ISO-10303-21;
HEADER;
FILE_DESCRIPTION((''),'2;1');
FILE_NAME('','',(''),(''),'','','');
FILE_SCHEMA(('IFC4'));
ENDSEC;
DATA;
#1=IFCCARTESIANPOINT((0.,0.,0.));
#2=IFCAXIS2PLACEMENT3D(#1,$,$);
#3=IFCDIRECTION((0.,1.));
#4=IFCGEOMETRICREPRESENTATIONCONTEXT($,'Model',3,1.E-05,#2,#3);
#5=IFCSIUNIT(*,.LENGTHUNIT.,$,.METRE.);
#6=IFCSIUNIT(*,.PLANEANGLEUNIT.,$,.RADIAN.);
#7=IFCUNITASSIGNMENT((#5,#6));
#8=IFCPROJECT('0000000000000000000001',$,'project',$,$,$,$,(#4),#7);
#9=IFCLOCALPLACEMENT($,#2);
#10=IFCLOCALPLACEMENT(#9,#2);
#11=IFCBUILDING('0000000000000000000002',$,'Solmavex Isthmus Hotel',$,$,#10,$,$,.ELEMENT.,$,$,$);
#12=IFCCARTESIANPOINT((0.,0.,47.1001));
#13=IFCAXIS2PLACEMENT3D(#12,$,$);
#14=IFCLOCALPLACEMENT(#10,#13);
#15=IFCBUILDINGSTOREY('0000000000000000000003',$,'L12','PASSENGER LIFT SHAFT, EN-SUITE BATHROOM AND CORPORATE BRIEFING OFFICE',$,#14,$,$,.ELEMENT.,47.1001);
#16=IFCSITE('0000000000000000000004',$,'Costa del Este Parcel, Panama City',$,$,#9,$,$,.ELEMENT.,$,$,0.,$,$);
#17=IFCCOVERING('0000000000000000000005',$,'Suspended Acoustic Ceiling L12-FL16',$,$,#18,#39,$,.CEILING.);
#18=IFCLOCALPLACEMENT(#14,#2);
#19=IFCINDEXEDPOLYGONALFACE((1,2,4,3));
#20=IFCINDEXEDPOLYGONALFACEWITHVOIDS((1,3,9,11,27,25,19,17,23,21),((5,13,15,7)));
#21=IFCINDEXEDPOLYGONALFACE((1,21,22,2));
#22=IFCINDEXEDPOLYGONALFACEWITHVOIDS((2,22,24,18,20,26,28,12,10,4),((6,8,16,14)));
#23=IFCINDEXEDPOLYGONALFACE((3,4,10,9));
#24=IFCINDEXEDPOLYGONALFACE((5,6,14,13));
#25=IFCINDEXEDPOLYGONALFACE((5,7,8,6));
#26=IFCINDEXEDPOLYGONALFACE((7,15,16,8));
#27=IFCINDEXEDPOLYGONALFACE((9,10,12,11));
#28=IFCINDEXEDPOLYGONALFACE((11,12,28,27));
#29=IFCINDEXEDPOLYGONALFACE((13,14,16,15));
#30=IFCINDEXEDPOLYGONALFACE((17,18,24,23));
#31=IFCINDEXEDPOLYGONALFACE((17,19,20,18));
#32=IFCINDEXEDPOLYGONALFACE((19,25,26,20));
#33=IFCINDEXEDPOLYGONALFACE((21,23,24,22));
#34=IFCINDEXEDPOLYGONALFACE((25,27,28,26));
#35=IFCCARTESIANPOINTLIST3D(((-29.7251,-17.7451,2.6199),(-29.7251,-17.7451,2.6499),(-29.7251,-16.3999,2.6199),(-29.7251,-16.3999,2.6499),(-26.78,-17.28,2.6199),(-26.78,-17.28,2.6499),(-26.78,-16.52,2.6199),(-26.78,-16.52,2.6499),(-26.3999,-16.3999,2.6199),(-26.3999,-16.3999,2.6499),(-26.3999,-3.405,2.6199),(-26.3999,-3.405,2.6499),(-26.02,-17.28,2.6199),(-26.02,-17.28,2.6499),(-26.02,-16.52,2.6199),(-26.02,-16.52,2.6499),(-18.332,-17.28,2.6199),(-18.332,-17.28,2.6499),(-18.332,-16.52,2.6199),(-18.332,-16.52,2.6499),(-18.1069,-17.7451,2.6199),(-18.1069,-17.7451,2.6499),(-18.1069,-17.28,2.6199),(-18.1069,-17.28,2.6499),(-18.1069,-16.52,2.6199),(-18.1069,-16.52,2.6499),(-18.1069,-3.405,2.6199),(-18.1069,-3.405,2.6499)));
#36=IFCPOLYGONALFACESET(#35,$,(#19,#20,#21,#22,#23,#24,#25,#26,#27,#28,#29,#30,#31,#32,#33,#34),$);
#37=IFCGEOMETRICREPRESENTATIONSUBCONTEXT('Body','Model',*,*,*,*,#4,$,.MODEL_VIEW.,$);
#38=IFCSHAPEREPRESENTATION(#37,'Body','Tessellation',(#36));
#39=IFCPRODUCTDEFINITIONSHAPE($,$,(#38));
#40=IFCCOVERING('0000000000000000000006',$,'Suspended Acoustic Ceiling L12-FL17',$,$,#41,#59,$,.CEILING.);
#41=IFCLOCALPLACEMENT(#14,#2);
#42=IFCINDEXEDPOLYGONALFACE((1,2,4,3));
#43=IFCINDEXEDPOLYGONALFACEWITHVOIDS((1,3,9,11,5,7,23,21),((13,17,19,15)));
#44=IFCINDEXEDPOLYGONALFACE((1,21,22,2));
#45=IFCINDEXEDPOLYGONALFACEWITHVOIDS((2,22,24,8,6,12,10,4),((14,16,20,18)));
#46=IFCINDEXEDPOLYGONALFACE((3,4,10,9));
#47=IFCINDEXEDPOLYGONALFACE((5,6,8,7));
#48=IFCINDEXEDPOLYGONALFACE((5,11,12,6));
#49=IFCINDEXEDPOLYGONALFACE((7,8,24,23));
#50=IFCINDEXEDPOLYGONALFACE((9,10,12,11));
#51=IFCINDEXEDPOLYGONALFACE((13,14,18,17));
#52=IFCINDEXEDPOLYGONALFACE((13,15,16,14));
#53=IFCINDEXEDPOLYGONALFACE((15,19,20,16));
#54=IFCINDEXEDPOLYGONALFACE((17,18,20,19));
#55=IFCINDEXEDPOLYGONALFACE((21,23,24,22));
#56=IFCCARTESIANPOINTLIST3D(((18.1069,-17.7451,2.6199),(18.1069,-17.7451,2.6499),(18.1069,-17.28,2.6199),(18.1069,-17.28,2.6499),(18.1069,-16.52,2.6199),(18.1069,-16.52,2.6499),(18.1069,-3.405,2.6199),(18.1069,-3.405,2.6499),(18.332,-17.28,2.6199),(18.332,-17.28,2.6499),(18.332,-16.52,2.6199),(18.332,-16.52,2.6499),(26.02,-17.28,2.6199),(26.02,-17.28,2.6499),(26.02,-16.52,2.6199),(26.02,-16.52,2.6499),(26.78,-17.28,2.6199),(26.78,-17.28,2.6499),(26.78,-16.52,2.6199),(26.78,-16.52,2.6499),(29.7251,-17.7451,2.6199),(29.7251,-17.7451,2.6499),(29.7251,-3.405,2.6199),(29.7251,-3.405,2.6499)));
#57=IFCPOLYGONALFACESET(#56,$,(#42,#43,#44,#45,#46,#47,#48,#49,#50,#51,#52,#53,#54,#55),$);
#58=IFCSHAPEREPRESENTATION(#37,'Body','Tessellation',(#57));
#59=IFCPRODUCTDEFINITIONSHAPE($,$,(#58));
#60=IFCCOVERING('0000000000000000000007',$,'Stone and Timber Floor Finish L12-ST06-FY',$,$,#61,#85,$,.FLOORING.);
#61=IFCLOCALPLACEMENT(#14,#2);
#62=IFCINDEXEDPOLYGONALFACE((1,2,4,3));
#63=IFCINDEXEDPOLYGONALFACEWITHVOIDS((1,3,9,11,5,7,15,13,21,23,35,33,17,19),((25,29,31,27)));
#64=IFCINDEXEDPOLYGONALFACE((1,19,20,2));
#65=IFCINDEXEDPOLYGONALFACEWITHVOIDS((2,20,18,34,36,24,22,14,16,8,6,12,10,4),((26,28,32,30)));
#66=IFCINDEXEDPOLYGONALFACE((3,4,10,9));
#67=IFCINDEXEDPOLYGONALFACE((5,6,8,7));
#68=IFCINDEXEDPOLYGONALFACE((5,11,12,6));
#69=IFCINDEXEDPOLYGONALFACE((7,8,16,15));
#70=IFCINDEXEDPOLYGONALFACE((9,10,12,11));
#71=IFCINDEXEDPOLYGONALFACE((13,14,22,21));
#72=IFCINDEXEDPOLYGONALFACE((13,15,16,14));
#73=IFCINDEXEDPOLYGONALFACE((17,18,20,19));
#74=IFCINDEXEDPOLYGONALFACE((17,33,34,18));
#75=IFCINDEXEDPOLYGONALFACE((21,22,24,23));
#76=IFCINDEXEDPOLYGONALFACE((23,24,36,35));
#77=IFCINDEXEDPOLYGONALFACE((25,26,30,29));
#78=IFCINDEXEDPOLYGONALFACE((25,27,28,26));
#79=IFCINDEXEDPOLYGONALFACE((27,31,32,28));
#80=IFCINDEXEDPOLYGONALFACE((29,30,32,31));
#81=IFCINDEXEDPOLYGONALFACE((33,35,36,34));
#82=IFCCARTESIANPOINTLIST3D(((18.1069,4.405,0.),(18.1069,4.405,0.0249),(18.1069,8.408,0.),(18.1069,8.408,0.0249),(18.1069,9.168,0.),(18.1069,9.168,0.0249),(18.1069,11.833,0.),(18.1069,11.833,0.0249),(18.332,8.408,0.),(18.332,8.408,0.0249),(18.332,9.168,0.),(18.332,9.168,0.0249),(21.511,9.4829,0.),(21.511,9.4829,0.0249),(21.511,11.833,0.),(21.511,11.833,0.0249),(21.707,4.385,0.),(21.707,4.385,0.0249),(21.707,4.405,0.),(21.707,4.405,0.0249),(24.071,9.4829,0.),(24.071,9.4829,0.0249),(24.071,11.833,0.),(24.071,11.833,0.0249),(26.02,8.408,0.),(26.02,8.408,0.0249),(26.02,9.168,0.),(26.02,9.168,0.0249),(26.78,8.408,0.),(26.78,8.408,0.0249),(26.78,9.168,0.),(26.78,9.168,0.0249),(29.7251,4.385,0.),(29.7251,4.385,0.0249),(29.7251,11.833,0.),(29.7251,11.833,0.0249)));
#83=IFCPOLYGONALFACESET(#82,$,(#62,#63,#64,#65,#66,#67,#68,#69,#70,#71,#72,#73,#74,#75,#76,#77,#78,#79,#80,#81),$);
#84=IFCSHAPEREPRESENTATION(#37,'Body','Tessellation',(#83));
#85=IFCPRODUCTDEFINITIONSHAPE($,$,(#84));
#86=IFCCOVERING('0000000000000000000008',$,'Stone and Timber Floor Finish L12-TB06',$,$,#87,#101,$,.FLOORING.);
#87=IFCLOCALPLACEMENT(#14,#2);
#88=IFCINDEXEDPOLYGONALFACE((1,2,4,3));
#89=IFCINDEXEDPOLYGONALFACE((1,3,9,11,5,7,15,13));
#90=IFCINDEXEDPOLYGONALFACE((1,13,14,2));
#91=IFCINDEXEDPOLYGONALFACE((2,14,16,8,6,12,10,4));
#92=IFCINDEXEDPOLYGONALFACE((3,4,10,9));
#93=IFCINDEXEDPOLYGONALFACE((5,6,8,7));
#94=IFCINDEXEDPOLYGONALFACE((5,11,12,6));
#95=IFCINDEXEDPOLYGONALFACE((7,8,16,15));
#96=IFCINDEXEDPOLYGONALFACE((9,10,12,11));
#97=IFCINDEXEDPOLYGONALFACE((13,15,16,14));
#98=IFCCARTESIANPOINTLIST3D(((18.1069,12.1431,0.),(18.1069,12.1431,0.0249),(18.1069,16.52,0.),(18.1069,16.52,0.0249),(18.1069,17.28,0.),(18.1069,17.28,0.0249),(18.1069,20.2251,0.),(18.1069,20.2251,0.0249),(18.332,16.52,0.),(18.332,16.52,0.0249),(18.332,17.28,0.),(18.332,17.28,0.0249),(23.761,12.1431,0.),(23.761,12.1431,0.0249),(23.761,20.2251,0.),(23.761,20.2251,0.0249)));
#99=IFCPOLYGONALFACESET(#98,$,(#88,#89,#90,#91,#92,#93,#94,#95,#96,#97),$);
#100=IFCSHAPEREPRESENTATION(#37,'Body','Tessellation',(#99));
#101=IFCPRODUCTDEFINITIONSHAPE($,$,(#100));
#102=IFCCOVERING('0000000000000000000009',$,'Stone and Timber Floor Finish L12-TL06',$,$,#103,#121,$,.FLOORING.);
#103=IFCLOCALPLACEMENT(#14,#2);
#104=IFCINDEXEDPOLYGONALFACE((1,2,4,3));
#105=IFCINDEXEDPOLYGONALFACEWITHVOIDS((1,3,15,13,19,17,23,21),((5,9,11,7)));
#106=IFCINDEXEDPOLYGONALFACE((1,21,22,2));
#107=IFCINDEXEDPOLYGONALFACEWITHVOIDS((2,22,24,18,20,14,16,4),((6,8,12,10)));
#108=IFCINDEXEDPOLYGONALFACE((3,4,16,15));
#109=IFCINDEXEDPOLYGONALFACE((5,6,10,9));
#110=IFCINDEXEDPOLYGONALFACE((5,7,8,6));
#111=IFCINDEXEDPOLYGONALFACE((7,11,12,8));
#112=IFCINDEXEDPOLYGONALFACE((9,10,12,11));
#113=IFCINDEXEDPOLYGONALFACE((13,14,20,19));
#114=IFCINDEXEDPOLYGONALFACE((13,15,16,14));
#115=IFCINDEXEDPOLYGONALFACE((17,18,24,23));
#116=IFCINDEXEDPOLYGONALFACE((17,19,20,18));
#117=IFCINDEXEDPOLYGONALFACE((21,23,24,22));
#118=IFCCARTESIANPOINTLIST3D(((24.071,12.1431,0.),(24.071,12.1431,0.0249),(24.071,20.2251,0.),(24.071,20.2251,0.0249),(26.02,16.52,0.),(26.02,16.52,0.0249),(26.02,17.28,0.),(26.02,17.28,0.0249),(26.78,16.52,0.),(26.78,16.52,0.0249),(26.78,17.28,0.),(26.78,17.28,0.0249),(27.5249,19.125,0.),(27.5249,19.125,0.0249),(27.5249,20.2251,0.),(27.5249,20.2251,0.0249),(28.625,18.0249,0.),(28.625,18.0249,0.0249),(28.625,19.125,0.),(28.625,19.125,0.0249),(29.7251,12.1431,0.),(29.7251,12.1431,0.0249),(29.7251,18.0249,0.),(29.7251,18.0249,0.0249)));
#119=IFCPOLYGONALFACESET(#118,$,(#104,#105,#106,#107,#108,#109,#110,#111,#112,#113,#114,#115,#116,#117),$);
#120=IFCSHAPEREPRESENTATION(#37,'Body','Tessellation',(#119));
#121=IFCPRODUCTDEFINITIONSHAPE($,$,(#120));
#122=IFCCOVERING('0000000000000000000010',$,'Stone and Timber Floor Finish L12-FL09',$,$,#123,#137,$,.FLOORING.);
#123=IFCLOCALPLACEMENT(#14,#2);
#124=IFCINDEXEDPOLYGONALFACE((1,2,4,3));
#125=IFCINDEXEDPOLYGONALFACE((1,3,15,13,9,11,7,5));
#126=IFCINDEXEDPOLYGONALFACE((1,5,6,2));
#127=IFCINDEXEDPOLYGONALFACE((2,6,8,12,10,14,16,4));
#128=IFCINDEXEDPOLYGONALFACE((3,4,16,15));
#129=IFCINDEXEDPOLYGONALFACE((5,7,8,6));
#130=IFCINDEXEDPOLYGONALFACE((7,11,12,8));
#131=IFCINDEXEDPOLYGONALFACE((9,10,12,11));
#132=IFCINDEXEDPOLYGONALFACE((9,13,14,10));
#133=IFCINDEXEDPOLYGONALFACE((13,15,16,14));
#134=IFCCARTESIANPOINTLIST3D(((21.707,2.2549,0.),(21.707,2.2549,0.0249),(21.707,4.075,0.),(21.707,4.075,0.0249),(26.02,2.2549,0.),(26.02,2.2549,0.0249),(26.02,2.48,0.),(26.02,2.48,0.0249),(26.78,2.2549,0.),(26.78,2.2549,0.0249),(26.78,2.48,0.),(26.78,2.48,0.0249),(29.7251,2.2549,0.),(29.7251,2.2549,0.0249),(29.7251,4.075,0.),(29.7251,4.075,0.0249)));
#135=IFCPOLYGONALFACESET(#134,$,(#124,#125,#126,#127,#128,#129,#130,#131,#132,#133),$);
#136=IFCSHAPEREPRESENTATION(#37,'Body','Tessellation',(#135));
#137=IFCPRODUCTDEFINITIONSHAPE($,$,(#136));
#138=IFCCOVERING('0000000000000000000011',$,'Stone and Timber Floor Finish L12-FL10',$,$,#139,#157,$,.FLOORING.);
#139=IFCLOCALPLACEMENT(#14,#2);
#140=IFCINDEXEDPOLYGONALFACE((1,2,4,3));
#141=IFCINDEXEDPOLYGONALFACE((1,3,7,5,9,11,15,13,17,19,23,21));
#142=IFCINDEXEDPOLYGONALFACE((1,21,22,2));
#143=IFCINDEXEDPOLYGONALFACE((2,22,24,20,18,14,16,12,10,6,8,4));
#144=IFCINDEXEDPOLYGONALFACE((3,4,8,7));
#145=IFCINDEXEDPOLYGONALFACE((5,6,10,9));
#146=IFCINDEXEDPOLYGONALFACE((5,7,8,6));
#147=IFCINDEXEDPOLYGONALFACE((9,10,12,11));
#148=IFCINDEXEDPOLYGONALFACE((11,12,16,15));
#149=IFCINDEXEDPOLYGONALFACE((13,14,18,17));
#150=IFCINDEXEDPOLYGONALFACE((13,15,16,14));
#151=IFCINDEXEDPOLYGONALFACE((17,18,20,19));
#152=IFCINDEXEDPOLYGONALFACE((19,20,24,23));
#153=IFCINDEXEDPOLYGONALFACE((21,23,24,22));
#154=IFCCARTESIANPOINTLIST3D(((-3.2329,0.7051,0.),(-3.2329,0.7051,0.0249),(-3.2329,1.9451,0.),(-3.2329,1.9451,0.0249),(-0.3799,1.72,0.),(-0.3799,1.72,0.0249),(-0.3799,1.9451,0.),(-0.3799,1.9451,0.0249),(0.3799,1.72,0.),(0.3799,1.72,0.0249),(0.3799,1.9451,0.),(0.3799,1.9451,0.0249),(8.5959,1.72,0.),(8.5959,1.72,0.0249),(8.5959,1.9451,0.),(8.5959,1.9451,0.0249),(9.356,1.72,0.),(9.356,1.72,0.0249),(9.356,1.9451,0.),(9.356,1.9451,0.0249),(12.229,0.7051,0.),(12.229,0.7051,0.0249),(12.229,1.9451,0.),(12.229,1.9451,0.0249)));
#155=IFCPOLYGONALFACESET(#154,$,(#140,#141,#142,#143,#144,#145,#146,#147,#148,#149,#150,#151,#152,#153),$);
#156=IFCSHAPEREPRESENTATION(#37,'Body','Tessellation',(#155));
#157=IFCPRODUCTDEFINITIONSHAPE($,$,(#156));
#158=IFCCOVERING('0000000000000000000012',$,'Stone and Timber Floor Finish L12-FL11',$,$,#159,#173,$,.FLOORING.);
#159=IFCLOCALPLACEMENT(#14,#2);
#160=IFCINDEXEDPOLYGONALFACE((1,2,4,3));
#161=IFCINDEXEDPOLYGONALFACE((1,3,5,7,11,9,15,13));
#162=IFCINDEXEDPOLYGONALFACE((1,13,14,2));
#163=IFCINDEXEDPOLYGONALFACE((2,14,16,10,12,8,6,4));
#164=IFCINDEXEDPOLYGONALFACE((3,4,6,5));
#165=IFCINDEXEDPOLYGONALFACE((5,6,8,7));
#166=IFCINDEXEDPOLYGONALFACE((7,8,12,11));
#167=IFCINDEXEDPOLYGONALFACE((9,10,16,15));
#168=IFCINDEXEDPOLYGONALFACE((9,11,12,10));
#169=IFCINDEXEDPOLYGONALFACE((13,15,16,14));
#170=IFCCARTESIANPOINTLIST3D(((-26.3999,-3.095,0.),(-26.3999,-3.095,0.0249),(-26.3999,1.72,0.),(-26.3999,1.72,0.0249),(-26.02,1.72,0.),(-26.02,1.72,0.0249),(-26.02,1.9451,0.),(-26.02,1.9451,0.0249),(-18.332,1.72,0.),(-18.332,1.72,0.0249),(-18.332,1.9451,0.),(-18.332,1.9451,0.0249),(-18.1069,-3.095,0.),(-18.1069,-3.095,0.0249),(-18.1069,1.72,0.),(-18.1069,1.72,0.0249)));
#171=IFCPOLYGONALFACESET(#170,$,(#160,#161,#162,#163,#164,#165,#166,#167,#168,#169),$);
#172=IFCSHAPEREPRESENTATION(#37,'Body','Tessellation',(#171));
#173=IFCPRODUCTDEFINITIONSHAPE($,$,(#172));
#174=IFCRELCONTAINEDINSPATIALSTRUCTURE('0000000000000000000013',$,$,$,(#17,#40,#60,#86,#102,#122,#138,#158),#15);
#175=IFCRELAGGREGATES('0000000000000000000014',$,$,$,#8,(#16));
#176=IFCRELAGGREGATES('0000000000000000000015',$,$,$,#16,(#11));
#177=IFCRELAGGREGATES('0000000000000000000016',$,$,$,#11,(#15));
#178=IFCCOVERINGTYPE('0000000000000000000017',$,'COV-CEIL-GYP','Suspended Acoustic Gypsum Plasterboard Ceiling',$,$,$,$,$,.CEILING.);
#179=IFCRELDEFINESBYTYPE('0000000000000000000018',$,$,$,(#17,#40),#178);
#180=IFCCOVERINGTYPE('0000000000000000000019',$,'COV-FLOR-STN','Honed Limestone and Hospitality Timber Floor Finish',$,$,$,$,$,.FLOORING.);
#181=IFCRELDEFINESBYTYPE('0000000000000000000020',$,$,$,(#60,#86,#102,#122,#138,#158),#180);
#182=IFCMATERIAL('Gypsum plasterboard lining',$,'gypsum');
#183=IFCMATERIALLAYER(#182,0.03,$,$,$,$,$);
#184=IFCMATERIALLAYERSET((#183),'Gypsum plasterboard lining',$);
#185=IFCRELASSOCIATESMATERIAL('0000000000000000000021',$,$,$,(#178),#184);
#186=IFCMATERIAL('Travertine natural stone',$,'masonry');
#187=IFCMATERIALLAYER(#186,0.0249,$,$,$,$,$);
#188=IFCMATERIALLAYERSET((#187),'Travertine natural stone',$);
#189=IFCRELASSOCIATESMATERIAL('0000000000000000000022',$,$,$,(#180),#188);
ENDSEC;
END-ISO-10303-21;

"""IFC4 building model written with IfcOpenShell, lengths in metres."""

from ifc_helpers import new_model, si_unit, direction, frame, origin, place, context, subcontext, project, spatial, polyline, outline, extrude, material, layer, layer_set, type_object, element, save


model = new_model("IFC4")

# Units and contexts
model_context = context("Model", 3, precision=1e-05, world=origin(), true_north=direction((0.0, 1.0)))
body_context = subcontext(model_context, "Body", "Model", "MODEL_VIEW")
ifc_project = project(units=[si_unit("LENGTHUNIT", "METRE"), si_unit("PLANEANGLEUNIT", "RADIAN")], contexts=[model_context])

# Site, building, storey
site_placement = place(None, origin())
site = spatial("IfcSite", under=ifc_project, at=site_placement, Name="Costa del Este Parcel, Panama City", CompositionType="ELEMENT", RefElevation=0.0)
building_placement = place(site_placement, origin())
building = spatial("IfcBuilding", under=site, at=building_placement, Name="Solmavex Isthmus Hotel", CompositionType="ELEMENT")
storey_placement = place(building_placement, frame((0.0, 0.0, 47.1001)))
storey = spatial("IfcBuildingStorey", under=building, at=storey_placement, Name="L12", Description="PASSENGER LIFT SHAFT, EN-SUITE BATHROOM AND CORPORATE BRIEFING OFFICE", CompositionType="ELEMENT", Elevation=47.1001)

# Shared definitions
ifc_material_1 = material(Name="Gypsum plasterboard lining", Category="gypsum")

# Coverings
ifc_layer_1 = layer(ifc_material_1, 0.03)
ifc_layer_set_1 = layer_set([ifc_layer_1], Name="Gypsum plasterboard lining")
covering_type_1 = type_object("IfcCoveringType", Name="COV-CEIL-GYP", Description="Suspended Acoustic Gypsum Plasterboard Ceiling", PredefinedType="CEILING", material=ifc_layer_set_1)
covering_1_placement = place(storey_placement, frame((0.0, 0.0, 2.6199)))
element("IfcCovering", 1, at=covering_1_placement, inside=storey, type_object=covering_type_1, Name="Suspended Acoustic Ceiling L12-FL16", PredefinedType="CEILING", context=body_context, shape_type="SweptSolid", body=[
    extrude(outline(polyline([(-18.1069, -17.28), (-18.332, -17.28), (-18.332, -16.52), (-18.1069, -16.52), (-18.1069, -3.405), (-26.3999, -3.405), (-26.3999, -16.3999), (-29.7251, -16.3999), (-29.7251, -17.7451), (-18.1069, -17.7451), (-18.1069, -17.28)]), holes=[polyline([(-26.78, -17.28), (-26.78, -16.52), (-26.02, -16.52), (-26.02, -17.28), (-26.78, -17.28)])]), origin(), (0.0, 0.0, 1.0), 0.03),
])
covering_2_placement = place(storey_placement, frame((0.0, 0.0, 2.6199)))
element("IfcCovering", 2, at=covering_2_placement, inside=storey, type_object=covering_type_1, Name="Suspended Acoustic Ceiling L12-FL17", PredefinedType="CEILING", context=body_context, shape_type="SweptSolid", body=[
    extrude(outline(polyline([(18.1069, -16.52), (18.332, -16.52), (18.332, -17.28), (18.1069, -17.28), (18.1069, -17.7451), (29.7251, -17.7451), (29.7251, -3.405), (18.1069, -3.405), (18.1069, -16.52)]), holes=[polyline([(26.02, -17.28), (26.02, -16.52), (26.78, -16.52), (26.78, -17.28), (26.02, -17.28)])]), origin(), (0.0, 0.0, 1.0), 0.03),
])
ifc_material_2 = material(Name="Travertine natural stone", Category="masonry")
ifc_layer_2 = layer(ifc_material_2, 0.0249)
ifc_layer_set_2 = layer_set([ifc_layer_2], Name="Travertine natural stone")
covering_type_2 = type_object("IfcCoveringType", Name="COV-FLOR-STN", Description="Honed Limestone and Hospitality Timber Floor Finish", PredefinedType="FLOORING", material=ifc_layer_set_2)
covering_3_placement = place(storey_placement, origin())
element("IfcCovering", 3, at=covering_3_placement, inside=storey, type_object=covering_type_2, Name="Stone and Timber Floor Finish L12-ST06-FY", PredefinedType="FLOORING", context=body_context, shape_type="SweptSolid", body=[
    extrude(outline(polyline([(18.1069, 9.168), (18.332, 9.168), (18.332, 8.408), (18.1069, 8.408), (18.1069, 4.405), (21.707, 4.405), (21.707, 4.385), (29.7251, 4.385), (29.7251, 11.833), (24.071, 11.833), (24.071, 9.4829), (21.511, 9.4829), (21.511, 11.833), (18.1069, 11.833), (18.1069, 9.168)]), holes=[polyline([(26.02, 8.408), (26.02, 9.168), (26.78, 9.168), (26.78, 8.408), (26.02, 8.408)])]), origin(), (0.0, 0.0, 1.0), 0.0249),
])
covering_4_placement = place(storey_placement, origin())
element("IfcCovering", 4, at=covering_4_placement, inside=storey, type_object=covering_type_2, Name="Stone and Timber Floor Finish L12-TB06", PredefinedType="FLOORING", context=body_context, shape_type="SweptSolid", body=[
    extrude(outline(polyline([(18.1069, 17.28), (18.332, 17.28), (18.332, 16.52), (18.1069, 16.52), (18.1069, 12.1431), (23.761, 12.1431), (23.761, 20.2251), (18.1069, 20.2251), (18.1069, 17.28)])), origin(), (0.0, 0.0, 1.0), 0.0249),
])
covering_5_placement = place(storey_placement, origin())
element("IfcCovering", 5, at=covering_5_placement, inside=storey, type_object=covering_type_2, Name="Stone and Timber Floor Finish L12-TL06", PredefinedType="FLOORING", context=body_context, shape_type="SweptSolid", body=[
    extrude(outline(polyline([(27.5249, 19.125), (27.5249, 20.2251), (24.071, 20.2251), (24.071, 12.1431), (29.7251, 12.1431), (29.7251, 18.0249), (28.625, 18.0249), (28.625, 19.125), (27.5249, 19.125)]), holes=[polyline([(26.02, 16.52), (26.02, 17.28), (26.78, 17.28), (26.78, 16.52), (26.02, 16.52)])]), origin(), (0.0, 0.0, 1.0), 0.0249),
])
covering_6_placement = place(storey_placement, origin())
element("IfcCovering", 6, at=covering_6_placement, inside=storey, type_object=covering_type_2, Name="Stone and Timber Floor Finish L12-FL09", PredefinedType="FLOORING", context=body_context, shape_type="SweptSolid", body=[
    extrude(outline(polyline([(26.02, 2.2549), (26.02, 2.48), (26.78, 2.48), (26.78, 2.2549), (29.7251, 2.2549), (29.7251, 4.075), (21.707, 4.075), (21.707, 2.2549), (26.02, 2.2549)])), origin(), (0.0, 0.0, 1.0), 0.0249),
])
covering_7_placement = place(storey_placement, origin())
element("IfcCovering", 7, at=covering_7_placement, inside=storey, type_object=covering_type_2, Name="Stone and Timber Floor Finish L12-FL10", PredefinedType="FLOORING", context=body_context, shape_type="SweptSolid", body=[
    extrude(outline(polyline([(0.3799, 1.9451), (0.3799, 1.72), (-0.3799, 1.72), (-0.3799, 1.9451), (-3.2329, 1.9451), (-3.2329, 0.7051), (12.229, 0.7051), (12.229, 1.9451), (9.356, 1.9451), (9.356, 1.72), (8.5959, 1.72), (8.5959, 1.9451), (0.3799, 1.9451)])), origin(), (0.0, 0.0, 1.0), 0.0249),
])
covering_8_placement = place(storey_placement, origin())
element("IfcCovering", 8, at=covering_8_placement, inside=storey, type_object=covering_type_2, Name="Stone and Timber Floor Finish L12-FL11", PredefinedType="FLOORING", context=body_context, shape_type="SweptSolid", body=[
    extrude(outline(polyline([(-26.02, 1.9451), (-26.02, 1.72), (-26.3999, 1.72), (-26.3999, -3.095), (-18.1069, -3.095), (-18.1069, 1.72), (-18.332, 1.72), (-18.332, 1.9451), (-26.02, 1.9451)])), origin(), (0.0, 0.0, 1.0), 0.0249),
])

save(model, "model.ifc")
